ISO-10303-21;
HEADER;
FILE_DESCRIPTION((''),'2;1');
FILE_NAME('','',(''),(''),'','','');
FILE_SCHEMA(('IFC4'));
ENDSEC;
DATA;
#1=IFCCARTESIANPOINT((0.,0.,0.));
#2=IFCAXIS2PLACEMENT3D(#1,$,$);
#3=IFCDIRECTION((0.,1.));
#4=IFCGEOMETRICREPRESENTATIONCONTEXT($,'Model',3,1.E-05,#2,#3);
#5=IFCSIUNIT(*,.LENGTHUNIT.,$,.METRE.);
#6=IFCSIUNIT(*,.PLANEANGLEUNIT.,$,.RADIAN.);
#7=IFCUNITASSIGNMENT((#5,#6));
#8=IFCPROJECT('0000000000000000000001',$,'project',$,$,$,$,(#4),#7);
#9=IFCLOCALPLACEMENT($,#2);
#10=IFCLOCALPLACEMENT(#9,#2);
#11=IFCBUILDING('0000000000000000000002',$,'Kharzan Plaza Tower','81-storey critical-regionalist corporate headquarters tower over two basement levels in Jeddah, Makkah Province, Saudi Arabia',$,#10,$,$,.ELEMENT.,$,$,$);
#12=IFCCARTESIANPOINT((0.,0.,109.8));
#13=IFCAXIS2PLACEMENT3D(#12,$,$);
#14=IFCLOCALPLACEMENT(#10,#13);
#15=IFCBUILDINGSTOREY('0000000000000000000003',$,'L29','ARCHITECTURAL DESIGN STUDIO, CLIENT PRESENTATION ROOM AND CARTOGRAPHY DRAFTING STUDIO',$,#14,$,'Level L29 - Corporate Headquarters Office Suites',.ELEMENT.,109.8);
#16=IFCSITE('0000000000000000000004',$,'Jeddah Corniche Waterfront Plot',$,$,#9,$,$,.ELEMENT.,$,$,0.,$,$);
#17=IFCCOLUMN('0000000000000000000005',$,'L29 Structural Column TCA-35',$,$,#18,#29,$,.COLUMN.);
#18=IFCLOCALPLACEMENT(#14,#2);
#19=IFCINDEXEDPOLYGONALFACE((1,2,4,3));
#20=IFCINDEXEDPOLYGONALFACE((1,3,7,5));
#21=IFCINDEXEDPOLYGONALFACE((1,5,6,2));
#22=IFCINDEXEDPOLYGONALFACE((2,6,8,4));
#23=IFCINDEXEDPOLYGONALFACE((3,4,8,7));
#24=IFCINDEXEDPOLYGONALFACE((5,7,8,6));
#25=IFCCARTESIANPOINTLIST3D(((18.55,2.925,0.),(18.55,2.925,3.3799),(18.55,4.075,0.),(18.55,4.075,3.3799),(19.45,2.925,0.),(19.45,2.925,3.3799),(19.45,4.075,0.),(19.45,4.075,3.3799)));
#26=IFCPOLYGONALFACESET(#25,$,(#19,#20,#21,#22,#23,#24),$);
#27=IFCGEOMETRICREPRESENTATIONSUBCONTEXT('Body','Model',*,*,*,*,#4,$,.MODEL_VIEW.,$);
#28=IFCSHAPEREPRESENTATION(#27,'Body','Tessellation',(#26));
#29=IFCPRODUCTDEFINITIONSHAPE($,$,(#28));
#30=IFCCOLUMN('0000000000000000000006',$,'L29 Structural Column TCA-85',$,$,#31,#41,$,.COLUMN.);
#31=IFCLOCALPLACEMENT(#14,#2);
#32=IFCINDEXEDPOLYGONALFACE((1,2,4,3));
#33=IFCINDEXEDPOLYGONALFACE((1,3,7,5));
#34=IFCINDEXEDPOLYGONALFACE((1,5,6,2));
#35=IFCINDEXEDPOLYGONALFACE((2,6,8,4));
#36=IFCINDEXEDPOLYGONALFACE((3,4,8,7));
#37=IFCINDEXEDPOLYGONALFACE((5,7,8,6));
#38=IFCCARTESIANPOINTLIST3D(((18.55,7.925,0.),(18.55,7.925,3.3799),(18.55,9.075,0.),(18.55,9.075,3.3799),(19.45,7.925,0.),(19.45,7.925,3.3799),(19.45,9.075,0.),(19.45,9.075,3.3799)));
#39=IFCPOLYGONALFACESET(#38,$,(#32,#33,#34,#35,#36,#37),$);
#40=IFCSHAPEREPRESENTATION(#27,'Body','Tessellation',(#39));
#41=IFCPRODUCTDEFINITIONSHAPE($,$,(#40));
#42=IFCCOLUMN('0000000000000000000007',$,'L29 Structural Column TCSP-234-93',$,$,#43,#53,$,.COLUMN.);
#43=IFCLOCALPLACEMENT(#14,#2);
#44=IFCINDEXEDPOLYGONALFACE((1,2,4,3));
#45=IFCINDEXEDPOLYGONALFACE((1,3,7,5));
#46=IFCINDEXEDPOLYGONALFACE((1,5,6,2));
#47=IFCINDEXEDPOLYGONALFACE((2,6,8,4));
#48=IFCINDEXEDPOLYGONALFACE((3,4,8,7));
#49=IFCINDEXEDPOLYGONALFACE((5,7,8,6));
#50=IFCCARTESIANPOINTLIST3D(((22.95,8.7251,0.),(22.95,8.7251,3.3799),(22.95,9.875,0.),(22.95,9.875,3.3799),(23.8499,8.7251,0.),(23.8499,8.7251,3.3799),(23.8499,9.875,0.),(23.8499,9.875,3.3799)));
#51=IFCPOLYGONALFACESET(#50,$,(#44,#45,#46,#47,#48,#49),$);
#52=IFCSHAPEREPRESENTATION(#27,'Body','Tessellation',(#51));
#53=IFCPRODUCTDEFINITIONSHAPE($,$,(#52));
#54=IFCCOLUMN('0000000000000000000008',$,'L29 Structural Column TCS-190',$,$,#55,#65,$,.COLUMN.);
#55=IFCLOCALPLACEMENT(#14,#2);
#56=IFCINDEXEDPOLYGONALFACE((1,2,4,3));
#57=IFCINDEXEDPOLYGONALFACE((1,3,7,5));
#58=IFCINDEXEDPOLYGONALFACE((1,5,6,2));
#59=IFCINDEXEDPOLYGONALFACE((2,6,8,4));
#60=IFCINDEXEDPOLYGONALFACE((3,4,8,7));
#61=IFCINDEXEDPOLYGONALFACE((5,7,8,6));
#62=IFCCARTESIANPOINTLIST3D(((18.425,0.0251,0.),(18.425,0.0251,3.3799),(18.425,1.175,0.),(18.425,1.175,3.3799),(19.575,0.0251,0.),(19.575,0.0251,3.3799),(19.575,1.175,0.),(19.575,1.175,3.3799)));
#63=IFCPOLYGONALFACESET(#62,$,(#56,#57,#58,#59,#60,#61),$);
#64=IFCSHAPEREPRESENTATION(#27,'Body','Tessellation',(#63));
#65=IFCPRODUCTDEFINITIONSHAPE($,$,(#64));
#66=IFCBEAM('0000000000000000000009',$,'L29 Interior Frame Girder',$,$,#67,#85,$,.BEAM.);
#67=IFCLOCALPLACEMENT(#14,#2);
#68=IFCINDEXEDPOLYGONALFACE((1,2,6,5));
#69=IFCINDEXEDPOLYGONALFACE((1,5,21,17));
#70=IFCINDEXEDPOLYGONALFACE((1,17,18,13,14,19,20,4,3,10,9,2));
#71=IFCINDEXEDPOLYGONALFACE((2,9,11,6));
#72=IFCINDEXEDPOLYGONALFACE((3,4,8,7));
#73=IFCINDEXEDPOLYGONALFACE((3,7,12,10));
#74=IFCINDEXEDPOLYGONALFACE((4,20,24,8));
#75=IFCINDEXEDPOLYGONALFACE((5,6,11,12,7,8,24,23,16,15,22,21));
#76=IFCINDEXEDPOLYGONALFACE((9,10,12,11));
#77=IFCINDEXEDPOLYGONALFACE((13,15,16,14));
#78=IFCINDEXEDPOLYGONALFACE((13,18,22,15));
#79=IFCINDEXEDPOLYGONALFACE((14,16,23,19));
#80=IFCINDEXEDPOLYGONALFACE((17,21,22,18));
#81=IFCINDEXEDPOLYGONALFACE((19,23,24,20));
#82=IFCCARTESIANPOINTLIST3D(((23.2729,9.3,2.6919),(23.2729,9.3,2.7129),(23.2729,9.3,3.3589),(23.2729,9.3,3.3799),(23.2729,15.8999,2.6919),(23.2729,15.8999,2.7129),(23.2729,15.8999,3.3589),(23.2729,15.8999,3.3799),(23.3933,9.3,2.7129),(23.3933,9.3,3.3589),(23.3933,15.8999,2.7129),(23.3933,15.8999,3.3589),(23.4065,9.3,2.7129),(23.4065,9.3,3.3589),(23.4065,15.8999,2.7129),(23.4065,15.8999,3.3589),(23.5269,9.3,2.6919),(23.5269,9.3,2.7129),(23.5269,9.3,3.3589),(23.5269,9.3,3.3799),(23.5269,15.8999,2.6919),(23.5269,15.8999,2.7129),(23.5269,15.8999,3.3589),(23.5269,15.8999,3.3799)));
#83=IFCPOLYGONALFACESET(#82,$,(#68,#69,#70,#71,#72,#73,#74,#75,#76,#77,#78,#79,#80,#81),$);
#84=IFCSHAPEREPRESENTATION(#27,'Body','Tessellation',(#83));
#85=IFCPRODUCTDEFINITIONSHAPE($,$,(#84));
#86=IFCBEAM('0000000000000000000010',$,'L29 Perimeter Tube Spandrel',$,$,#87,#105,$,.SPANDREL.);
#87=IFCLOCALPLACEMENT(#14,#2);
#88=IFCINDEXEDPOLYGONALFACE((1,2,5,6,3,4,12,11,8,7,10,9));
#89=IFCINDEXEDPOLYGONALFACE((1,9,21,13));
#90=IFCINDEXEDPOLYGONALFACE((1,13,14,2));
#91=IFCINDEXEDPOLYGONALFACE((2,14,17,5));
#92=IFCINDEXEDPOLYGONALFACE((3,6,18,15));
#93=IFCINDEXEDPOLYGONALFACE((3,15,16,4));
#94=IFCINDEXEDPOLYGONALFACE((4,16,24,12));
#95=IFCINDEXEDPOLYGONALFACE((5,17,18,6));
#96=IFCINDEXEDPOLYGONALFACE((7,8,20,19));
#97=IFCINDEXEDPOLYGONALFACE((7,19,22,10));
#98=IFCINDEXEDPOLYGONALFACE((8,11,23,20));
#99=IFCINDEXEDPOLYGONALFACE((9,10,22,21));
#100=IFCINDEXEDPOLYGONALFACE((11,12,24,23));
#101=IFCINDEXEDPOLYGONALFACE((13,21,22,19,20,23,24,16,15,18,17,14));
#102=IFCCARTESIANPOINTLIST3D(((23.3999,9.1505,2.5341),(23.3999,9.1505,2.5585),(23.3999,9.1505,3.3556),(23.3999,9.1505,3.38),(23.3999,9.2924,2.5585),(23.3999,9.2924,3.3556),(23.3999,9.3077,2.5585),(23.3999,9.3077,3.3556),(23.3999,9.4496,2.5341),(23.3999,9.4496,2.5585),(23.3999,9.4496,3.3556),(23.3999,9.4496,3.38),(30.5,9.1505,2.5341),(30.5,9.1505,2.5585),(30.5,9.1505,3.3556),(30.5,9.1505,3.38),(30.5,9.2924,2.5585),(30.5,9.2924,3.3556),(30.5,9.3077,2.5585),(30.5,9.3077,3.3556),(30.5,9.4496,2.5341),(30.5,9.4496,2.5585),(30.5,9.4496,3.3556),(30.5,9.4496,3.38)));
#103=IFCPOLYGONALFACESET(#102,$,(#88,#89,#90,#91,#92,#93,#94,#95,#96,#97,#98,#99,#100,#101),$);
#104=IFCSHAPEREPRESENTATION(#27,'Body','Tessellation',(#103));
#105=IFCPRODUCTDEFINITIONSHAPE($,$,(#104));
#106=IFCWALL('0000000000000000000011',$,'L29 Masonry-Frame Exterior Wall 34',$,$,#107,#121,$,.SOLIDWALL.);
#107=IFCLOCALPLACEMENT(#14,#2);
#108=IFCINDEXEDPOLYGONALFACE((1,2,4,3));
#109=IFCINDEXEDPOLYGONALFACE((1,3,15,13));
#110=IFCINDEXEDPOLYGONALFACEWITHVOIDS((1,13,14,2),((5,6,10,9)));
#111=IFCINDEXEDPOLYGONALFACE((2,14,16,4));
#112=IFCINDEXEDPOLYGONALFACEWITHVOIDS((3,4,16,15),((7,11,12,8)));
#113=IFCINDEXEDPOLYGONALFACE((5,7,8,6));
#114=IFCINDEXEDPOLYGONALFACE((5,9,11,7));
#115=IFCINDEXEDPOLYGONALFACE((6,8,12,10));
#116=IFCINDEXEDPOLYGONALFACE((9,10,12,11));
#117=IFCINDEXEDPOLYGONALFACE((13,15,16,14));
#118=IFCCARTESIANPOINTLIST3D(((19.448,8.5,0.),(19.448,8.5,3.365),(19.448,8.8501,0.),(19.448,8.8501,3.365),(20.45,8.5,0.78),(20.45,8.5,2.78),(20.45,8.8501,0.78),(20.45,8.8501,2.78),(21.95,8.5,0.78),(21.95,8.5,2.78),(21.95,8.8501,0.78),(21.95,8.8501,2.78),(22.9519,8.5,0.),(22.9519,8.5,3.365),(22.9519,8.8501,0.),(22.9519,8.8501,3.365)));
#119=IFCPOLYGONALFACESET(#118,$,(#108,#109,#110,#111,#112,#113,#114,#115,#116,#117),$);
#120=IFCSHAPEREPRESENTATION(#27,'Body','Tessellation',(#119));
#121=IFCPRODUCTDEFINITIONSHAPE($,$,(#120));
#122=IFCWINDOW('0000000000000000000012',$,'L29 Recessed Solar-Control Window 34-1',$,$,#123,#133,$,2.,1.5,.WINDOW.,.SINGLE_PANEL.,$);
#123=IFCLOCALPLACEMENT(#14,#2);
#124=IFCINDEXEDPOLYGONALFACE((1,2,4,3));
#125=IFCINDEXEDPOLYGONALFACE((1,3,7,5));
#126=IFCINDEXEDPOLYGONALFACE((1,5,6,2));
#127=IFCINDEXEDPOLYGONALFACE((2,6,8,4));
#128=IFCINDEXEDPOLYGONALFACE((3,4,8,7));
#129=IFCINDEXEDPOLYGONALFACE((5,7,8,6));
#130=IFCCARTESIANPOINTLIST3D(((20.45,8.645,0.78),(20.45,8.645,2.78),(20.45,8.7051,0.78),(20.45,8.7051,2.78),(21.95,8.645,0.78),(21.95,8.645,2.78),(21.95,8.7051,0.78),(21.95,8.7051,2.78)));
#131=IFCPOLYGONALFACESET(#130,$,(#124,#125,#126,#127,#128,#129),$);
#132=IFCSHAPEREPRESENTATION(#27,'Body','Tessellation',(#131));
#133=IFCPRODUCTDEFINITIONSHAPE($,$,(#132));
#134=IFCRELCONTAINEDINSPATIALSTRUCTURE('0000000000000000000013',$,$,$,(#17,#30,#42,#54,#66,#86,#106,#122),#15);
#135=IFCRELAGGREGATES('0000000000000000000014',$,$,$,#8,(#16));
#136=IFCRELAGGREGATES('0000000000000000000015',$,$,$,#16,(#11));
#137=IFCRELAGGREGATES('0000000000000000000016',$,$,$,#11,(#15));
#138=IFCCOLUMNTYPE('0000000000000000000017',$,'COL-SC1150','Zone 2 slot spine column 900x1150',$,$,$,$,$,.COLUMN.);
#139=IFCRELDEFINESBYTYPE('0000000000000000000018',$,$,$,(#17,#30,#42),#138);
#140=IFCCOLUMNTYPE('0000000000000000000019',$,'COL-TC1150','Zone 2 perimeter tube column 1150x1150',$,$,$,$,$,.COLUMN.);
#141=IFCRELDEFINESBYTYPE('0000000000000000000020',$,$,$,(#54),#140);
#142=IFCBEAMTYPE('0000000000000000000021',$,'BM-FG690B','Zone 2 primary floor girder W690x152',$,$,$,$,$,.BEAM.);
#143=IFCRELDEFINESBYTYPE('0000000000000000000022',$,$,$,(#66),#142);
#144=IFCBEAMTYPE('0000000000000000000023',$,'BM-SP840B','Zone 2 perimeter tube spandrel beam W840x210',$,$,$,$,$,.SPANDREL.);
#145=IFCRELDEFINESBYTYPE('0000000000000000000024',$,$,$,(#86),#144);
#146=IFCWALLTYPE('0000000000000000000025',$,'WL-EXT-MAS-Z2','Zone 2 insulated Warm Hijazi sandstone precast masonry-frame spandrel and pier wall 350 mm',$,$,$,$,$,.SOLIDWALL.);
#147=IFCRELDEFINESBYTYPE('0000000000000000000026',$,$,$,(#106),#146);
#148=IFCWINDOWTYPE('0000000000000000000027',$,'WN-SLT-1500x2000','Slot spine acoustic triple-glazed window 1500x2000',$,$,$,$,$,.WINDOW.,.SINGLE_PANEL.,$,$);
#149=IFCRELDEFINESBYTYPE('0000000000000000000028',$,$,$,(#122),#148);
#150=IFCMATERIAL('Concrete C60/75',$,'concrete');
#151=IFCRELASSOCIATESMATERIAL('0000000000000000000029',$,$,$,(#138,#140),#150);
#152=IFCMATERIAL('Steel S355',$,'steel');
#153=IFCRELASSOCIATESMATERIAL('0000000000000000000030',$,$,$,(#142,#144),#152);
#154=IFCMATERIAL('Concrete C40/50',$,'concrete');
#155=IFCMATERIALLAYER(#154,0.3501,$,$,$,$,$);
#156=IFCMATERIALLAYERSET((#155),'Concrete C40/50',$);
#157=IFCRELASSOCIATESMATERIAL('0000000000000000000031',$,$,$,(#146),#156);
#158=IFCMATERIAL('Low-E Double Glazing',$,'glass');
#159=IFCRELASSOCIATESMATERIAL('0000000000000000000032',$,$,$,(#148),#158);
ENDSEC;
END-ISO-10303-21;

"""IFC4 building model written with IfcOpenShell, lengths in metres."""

from ifc_helpers import new_model, si_unit, direction, frame, frame_2d, origin, origin_2d, place, context, subcontext, project, spatial, rectangle, i_section, extrude, source, transform, mapped, material, layer, layer_set, material_profile, profile_set, type_object, element, fill, save


model = new_model("IFC4")

# Units and contexts
model_context = context("Model", 3, precision=1e-05, world=origin(), true_north=direction((0.0, 1.0)))
body_context = subcontext(model_context, "Body", "Model", "MODEL_VIEW")
ifc_project = project(units=[si_unit("LENGTHUNIT", "METRE"), si_unit("PLANEANGLEUNIT", "RADIAN")], contexts=[model_context])

# Site, building, storey
site_placement = place(None, origin())
site = spatial("IfcSite", under=ifc_project, at=site_placement, Name="Jeddah Corniche Waterfront Plot", CompositionType="ELEMENT", RefElevation=0.0)
building_placement = place(site_placement, origin())
building = spatial("IfcBuilding", under=site, at=building_placement, Name="Kharzan Plaza Tower", Description="81-storey critical-regionalist corporate headquarters tower over two basement levels in Jeddah, Makkah Province, Saudi Arabia", CompositionType="ELEMENT")
storey_placement = place(building_placement, frame((0.0, 0.0, 109.8)))
storey = spatial("IfcBuildingStorey", under=building, at=storey_placement, Name="L29", Description="ARCHITECTURAL DESIGN STUDIO, CLIENT PRESENTATION ROOM AND CARTOGRAPHY DRAFTING STUDIO", LongName="Level L29 - Corporate Headquarters Office Suites", CompositionType="ELEMENT", Elevation=109.8)

# Columns
ifc_material_1 = material(Name="Concrete C60/75", Category="concrete")
ifc_material_profile_1 = material_profile(ifc_material_1, rectangle(XDim=0.8999, YDim=1.1499, at=origin_2d()), Name="RC-SC1150x900")
ifc_profile_set_1 = profile_set([ifc_material_profile_1], Name="Concrete C60/75")
column_type_1 = type_object("IfcColumnType", Name="COL-SC1150", Description="Zone 2 slot spine column 900x1150", PredefinedType="COLUMN", material=ifc_profile_set_1)
shared_shape_1 = source(origin(), body_context, "Body", "SweptSolid", [
    extrude(rectangle(XDim=0.8999, YDim=1.1499, at=origin_2d()), origin(), (0.0, 0.0, 1.0), 3.3799),
])
for number, where, z_axis, x_axis, name in (
    (1, (19.0, 3.5, 0.0), (0.0, 0.0, 1.0), (1.0, 0.0, 0.0), "L29 Structural Column TCA-35"),
    (2, (19.0, 8.5, 0.0), (0.0, 0.0, 1.0), (1.0, 0.0, 0.0), "L29 Structural Column TCA-85"),
    (3, (23.3999, 9.3, 0.0), (0.0, 0.0, 1.0), (1.0, 0.0, 0.0), "L29 Structural Column TCSP-234-93"),
):
    element("IfcColumn", number, at=place(storey_placement, frame(where, z_axis=z_axis, x_axis=x_axis)), inside=storey, type_object=column_type_1, Name=name, PredefinedType="COLUMN", context=body_context, shape_type="MappedRepresentation", body=[
        mapped(shared_shape_1, transform((0.0, 0.0, 0.0), x_axis=(1.0, 0.0, 0.0), y_axis=(0.0, 1.0, 0.0), z_axis=(0.0, 0.0, 1.0))),
    ])
ifc_material_profile_2 = material_profile(ifc_material_1, rectangle(XDim=1.1499, YDim=1.1499, at=origin_2d()), Name="RC-TC1150x1150")
ifc_profile_set_2 = profile_set([ifc_material_profile_2], Name="Concrete C60/75")
column_type_2 = type_object("IfcColumnType", Name="COL-TC1150", Description="Zone 2 perimeter tube column 1150x1150", PredefinedType="COLUMN", material=ifc_profile_set_2)
shared_shape_2 = source(origin(), body_context, "Body", "SweptSolid", [
    extrude(rectangle(XDim=1.1499, YDim=1.1499, at=origin_2d()), origin(), (0.0, 0.0, 1.0), 3.3799),
])
column_placement = place(storey_placement, frame((19.0, 0.6001, 0.0), z_axis=(0.0, 0.0, 1.0), x_axis=(1.0, 0.0, 0.0)))
element("IfcColumn", 4, at=column_placement, inside=storey, type_object=column_type_2, Name="L29 Structural Column TCS-190", PredefinedType="COLUMN", context=body_context, shape_type="MappedRepresentation", body=[
    mapped(shared_shape_2, transform((0.0, 0.0, 0.0), x_axis=(1.0, 0.0, 0.0), y_axis=(0.0, 1.0, 0.0), z_axis=(0.0, 0.0, 1.0))),
])

# Beams
ifc_material_2 = material(Name="Steel S355", Category="steel")
ifc_material_profile_3 = material_profile(ifc_material_2, i_section(OverallWidth=0.2539, OverallDepth=0.688, WebThickness=0.0132, FlangeThickness=0.021, at=origin_2d()), Name="W690x152")
ifc_profile_set_3 = profile_set([ifc_material_profile_3], Name="Steel S355")
beam_type_1 = type_object("IfcBeamType", Name="BM-FG690B", Description="Zone 2 primary floor girder W690x152", PredefinedType="BEAM", material=ifc_profile_set_3)
shared_shape_3 = source(origin(), body_context, "Body", "SweptSolid", [
    extrude(i_section(OverallWidth=0.2539, OverallDepth=0.688, WebThickness=0.0132, FlangeThickness=0.021, at=origin_2d()), origin(), (0.0, 0.0, 1.0), 6.5999),
])
beam_1_placement = place(storey_placement, frame((23.3999, 9.3, 3.0359), z_axis=(0.0, 1.0, 0.0), x_axis=(-1.0, 0.0, 0.0)))
element("IfcBeam", 5, at=beam_1_placement, inside=storey, type_object=beam_type_1, Name="L29 Interior Frame Girder", PredefinedType="BEAM", context=body_context, shape_type="MappedRepresentation", body=[
    mapped(shared_shape_3, transform((0.0, 0.0, 0.0), x_axis=(1.0, 0.0, 0.0), y_axis=(0.0, 1.0, 0.0), z_axis=(0.0, 0.0, 1.0))),
])
ifc_material_profile_4 = material_profile(ifc_material_2, i_section(OverallWidth=0.2991, OverallDepth=0.8459, WebThickness=0.0154, FlangeThickness=0.0244, at=origin_2d()), Name="W840x210")
ifc_profile_set_4 = profile_set([ifc_material_profile_4], Name="Steel S355")
beam_type_2 = type_object("IfcBeamType", Name="BM-SP840B", Description="Zone 2 perimeter tube spandrel beam W840x210", PredefinedType="SPANDREL", material=ifc_profile_set_4)
shared_shape_4 = source(origin(), body_context, "Body", "SweptSolid", [
    extrude(i_section(OverallWidth=0.2991, OverallDepth=0.8459, WebThickness=0.0154, FlangeThickness=0.0244, at=origin_2d()), origin(), (0.0, 0.0, 1.0), 7.1001),
])
beam_2_placement = place(storey_placement, frame((23.3999, 9.3, 2.957), z_axis=(1.0, 0.0, 0.0), x_axis=(0.0, 1.0, 0.0)))
element("IfcBeam", 6, at=beam_2_placement, inside=storey, type_object=beam_type_2, Name="L29 Perimeter Tube Spandrel", PredefinedType="SPANDREL", context=body_context, shape_type="MappedRepresentation", body=[
    mapped(shared_shape_4, transform((0.0, 0.0, 0.0), x_axis=(1.0, 0.0, 0.0), y_axis=(0.0, 1.0, 0.0), z_axis=(0.0, 0.0, 1.0))),
])

# Wall, opening, window
ifc_material_3 = material(Name="Concrete C40/50", Category="concrete")
ifc_layer_1 = layer(ifc_material_3, 0.3501)
ifc_layer_set_1 = layer_set([ifc_layer_1], Name="Concrete C40/50")
wall_type_1 = type_object("IfcWallType", Name="WL-EXT-MAS-Z2", Description="Zone 2 insulated Warm Hijazi sandstone precast masonry-frame spandrel and pier wall 350 mm", PredefinedType="SOLIDWALL", material=ifc_layer_set_1)
wall_1_placement = place(storey_placement, frame((19.448, 8.675, 0.0), z_axis=(0.0, 0.0, 1.0), x_axis=(1.0, 0.0, 0.0)))
wall_1 = element("IfcWall", 7, at=wall_1_placement, inside=storey, type_object=wall_type_1, Name="L29 Masonry-Frame Exterior Wall 34", PredefinedType="SOLIDWALL", context=body_context, shape_type="SweptSolid", body=[
    extrude(rectangle(XDim=3.5039, YDim=0.3501, at=frame_2d((1.752, 0.0))), origin(), (0.0, 0.0, 1.0), 3.365),
])
opening_1_placement = place(wall_1_placement, frame((1.002, 0.0, 0.78)))
opening_1 = element("IfcOpeningElement", 8, at=opening_1_placement, cuts=wall_1, PredefinedType="OPENING", context=body_context, shape_type="SweptSolid", body=[
    extrude(rectangle(XDim=1.5, YDim=2.0, at=frame_2d((0.75, 1.0))), frame((0.0, 0.1851, 0.0), z_axis=(0.0, -1.0, 0.0), x_axis=(1.0, 0.0, 0.0)), (0.0, 0.0, 1.0), 0.3701),
])
ifc_material_4 = material(Name="Low-E Double Glazing", Category="glass")
window_type = type_object("IfcWindowType", Name="WN-SLT-1500x2000", Description="Slot spine acoustic triple-glazed window 1500x2000", PartitioningType="SINGLE_PANEL", PredefinedType="WINDOW", material=ifc_material_4)
shared_shape_5 = source(origin(), body_context, "Body", "SweptSolid", [
    extrude(rectangle(XDim=1.5, YDim=2.0, at=frame_2d((0.75, 1.0))), frame((0.0, 0.03, 0.0), z_axis=(0.0, -1.0, 0.0), x_axis=(1.0, 0.0, 0.0)), (0.0, 0.0, 1.0), 0.0601),
])
window_1_placement = place(opening_1_placement, origin())
window_1 = element("IfcWindow", 9, at=window_1_placement, inside=storey, type_object=window_type, Name="L29 Recessed Solar-Control Window 34-1", OverallHeight=2.0, OverallWidth=1.5, PartitioningType="SINGLE_PANEL", PredefinedType="WINDOW", context=body_context, shape_type="MappedRepresentation", body=[
    mapped(shared_shape_5, transform((0.0, 0.0, 0.0), x_axis=(1.0, 0.0, 0.0), y_axis=(0.0, 1.0, 0.0), z_axis=(0.0, 0.0, 1.0))),
])
fill(opening_1, window_1)

save(model, "model.ifc")
